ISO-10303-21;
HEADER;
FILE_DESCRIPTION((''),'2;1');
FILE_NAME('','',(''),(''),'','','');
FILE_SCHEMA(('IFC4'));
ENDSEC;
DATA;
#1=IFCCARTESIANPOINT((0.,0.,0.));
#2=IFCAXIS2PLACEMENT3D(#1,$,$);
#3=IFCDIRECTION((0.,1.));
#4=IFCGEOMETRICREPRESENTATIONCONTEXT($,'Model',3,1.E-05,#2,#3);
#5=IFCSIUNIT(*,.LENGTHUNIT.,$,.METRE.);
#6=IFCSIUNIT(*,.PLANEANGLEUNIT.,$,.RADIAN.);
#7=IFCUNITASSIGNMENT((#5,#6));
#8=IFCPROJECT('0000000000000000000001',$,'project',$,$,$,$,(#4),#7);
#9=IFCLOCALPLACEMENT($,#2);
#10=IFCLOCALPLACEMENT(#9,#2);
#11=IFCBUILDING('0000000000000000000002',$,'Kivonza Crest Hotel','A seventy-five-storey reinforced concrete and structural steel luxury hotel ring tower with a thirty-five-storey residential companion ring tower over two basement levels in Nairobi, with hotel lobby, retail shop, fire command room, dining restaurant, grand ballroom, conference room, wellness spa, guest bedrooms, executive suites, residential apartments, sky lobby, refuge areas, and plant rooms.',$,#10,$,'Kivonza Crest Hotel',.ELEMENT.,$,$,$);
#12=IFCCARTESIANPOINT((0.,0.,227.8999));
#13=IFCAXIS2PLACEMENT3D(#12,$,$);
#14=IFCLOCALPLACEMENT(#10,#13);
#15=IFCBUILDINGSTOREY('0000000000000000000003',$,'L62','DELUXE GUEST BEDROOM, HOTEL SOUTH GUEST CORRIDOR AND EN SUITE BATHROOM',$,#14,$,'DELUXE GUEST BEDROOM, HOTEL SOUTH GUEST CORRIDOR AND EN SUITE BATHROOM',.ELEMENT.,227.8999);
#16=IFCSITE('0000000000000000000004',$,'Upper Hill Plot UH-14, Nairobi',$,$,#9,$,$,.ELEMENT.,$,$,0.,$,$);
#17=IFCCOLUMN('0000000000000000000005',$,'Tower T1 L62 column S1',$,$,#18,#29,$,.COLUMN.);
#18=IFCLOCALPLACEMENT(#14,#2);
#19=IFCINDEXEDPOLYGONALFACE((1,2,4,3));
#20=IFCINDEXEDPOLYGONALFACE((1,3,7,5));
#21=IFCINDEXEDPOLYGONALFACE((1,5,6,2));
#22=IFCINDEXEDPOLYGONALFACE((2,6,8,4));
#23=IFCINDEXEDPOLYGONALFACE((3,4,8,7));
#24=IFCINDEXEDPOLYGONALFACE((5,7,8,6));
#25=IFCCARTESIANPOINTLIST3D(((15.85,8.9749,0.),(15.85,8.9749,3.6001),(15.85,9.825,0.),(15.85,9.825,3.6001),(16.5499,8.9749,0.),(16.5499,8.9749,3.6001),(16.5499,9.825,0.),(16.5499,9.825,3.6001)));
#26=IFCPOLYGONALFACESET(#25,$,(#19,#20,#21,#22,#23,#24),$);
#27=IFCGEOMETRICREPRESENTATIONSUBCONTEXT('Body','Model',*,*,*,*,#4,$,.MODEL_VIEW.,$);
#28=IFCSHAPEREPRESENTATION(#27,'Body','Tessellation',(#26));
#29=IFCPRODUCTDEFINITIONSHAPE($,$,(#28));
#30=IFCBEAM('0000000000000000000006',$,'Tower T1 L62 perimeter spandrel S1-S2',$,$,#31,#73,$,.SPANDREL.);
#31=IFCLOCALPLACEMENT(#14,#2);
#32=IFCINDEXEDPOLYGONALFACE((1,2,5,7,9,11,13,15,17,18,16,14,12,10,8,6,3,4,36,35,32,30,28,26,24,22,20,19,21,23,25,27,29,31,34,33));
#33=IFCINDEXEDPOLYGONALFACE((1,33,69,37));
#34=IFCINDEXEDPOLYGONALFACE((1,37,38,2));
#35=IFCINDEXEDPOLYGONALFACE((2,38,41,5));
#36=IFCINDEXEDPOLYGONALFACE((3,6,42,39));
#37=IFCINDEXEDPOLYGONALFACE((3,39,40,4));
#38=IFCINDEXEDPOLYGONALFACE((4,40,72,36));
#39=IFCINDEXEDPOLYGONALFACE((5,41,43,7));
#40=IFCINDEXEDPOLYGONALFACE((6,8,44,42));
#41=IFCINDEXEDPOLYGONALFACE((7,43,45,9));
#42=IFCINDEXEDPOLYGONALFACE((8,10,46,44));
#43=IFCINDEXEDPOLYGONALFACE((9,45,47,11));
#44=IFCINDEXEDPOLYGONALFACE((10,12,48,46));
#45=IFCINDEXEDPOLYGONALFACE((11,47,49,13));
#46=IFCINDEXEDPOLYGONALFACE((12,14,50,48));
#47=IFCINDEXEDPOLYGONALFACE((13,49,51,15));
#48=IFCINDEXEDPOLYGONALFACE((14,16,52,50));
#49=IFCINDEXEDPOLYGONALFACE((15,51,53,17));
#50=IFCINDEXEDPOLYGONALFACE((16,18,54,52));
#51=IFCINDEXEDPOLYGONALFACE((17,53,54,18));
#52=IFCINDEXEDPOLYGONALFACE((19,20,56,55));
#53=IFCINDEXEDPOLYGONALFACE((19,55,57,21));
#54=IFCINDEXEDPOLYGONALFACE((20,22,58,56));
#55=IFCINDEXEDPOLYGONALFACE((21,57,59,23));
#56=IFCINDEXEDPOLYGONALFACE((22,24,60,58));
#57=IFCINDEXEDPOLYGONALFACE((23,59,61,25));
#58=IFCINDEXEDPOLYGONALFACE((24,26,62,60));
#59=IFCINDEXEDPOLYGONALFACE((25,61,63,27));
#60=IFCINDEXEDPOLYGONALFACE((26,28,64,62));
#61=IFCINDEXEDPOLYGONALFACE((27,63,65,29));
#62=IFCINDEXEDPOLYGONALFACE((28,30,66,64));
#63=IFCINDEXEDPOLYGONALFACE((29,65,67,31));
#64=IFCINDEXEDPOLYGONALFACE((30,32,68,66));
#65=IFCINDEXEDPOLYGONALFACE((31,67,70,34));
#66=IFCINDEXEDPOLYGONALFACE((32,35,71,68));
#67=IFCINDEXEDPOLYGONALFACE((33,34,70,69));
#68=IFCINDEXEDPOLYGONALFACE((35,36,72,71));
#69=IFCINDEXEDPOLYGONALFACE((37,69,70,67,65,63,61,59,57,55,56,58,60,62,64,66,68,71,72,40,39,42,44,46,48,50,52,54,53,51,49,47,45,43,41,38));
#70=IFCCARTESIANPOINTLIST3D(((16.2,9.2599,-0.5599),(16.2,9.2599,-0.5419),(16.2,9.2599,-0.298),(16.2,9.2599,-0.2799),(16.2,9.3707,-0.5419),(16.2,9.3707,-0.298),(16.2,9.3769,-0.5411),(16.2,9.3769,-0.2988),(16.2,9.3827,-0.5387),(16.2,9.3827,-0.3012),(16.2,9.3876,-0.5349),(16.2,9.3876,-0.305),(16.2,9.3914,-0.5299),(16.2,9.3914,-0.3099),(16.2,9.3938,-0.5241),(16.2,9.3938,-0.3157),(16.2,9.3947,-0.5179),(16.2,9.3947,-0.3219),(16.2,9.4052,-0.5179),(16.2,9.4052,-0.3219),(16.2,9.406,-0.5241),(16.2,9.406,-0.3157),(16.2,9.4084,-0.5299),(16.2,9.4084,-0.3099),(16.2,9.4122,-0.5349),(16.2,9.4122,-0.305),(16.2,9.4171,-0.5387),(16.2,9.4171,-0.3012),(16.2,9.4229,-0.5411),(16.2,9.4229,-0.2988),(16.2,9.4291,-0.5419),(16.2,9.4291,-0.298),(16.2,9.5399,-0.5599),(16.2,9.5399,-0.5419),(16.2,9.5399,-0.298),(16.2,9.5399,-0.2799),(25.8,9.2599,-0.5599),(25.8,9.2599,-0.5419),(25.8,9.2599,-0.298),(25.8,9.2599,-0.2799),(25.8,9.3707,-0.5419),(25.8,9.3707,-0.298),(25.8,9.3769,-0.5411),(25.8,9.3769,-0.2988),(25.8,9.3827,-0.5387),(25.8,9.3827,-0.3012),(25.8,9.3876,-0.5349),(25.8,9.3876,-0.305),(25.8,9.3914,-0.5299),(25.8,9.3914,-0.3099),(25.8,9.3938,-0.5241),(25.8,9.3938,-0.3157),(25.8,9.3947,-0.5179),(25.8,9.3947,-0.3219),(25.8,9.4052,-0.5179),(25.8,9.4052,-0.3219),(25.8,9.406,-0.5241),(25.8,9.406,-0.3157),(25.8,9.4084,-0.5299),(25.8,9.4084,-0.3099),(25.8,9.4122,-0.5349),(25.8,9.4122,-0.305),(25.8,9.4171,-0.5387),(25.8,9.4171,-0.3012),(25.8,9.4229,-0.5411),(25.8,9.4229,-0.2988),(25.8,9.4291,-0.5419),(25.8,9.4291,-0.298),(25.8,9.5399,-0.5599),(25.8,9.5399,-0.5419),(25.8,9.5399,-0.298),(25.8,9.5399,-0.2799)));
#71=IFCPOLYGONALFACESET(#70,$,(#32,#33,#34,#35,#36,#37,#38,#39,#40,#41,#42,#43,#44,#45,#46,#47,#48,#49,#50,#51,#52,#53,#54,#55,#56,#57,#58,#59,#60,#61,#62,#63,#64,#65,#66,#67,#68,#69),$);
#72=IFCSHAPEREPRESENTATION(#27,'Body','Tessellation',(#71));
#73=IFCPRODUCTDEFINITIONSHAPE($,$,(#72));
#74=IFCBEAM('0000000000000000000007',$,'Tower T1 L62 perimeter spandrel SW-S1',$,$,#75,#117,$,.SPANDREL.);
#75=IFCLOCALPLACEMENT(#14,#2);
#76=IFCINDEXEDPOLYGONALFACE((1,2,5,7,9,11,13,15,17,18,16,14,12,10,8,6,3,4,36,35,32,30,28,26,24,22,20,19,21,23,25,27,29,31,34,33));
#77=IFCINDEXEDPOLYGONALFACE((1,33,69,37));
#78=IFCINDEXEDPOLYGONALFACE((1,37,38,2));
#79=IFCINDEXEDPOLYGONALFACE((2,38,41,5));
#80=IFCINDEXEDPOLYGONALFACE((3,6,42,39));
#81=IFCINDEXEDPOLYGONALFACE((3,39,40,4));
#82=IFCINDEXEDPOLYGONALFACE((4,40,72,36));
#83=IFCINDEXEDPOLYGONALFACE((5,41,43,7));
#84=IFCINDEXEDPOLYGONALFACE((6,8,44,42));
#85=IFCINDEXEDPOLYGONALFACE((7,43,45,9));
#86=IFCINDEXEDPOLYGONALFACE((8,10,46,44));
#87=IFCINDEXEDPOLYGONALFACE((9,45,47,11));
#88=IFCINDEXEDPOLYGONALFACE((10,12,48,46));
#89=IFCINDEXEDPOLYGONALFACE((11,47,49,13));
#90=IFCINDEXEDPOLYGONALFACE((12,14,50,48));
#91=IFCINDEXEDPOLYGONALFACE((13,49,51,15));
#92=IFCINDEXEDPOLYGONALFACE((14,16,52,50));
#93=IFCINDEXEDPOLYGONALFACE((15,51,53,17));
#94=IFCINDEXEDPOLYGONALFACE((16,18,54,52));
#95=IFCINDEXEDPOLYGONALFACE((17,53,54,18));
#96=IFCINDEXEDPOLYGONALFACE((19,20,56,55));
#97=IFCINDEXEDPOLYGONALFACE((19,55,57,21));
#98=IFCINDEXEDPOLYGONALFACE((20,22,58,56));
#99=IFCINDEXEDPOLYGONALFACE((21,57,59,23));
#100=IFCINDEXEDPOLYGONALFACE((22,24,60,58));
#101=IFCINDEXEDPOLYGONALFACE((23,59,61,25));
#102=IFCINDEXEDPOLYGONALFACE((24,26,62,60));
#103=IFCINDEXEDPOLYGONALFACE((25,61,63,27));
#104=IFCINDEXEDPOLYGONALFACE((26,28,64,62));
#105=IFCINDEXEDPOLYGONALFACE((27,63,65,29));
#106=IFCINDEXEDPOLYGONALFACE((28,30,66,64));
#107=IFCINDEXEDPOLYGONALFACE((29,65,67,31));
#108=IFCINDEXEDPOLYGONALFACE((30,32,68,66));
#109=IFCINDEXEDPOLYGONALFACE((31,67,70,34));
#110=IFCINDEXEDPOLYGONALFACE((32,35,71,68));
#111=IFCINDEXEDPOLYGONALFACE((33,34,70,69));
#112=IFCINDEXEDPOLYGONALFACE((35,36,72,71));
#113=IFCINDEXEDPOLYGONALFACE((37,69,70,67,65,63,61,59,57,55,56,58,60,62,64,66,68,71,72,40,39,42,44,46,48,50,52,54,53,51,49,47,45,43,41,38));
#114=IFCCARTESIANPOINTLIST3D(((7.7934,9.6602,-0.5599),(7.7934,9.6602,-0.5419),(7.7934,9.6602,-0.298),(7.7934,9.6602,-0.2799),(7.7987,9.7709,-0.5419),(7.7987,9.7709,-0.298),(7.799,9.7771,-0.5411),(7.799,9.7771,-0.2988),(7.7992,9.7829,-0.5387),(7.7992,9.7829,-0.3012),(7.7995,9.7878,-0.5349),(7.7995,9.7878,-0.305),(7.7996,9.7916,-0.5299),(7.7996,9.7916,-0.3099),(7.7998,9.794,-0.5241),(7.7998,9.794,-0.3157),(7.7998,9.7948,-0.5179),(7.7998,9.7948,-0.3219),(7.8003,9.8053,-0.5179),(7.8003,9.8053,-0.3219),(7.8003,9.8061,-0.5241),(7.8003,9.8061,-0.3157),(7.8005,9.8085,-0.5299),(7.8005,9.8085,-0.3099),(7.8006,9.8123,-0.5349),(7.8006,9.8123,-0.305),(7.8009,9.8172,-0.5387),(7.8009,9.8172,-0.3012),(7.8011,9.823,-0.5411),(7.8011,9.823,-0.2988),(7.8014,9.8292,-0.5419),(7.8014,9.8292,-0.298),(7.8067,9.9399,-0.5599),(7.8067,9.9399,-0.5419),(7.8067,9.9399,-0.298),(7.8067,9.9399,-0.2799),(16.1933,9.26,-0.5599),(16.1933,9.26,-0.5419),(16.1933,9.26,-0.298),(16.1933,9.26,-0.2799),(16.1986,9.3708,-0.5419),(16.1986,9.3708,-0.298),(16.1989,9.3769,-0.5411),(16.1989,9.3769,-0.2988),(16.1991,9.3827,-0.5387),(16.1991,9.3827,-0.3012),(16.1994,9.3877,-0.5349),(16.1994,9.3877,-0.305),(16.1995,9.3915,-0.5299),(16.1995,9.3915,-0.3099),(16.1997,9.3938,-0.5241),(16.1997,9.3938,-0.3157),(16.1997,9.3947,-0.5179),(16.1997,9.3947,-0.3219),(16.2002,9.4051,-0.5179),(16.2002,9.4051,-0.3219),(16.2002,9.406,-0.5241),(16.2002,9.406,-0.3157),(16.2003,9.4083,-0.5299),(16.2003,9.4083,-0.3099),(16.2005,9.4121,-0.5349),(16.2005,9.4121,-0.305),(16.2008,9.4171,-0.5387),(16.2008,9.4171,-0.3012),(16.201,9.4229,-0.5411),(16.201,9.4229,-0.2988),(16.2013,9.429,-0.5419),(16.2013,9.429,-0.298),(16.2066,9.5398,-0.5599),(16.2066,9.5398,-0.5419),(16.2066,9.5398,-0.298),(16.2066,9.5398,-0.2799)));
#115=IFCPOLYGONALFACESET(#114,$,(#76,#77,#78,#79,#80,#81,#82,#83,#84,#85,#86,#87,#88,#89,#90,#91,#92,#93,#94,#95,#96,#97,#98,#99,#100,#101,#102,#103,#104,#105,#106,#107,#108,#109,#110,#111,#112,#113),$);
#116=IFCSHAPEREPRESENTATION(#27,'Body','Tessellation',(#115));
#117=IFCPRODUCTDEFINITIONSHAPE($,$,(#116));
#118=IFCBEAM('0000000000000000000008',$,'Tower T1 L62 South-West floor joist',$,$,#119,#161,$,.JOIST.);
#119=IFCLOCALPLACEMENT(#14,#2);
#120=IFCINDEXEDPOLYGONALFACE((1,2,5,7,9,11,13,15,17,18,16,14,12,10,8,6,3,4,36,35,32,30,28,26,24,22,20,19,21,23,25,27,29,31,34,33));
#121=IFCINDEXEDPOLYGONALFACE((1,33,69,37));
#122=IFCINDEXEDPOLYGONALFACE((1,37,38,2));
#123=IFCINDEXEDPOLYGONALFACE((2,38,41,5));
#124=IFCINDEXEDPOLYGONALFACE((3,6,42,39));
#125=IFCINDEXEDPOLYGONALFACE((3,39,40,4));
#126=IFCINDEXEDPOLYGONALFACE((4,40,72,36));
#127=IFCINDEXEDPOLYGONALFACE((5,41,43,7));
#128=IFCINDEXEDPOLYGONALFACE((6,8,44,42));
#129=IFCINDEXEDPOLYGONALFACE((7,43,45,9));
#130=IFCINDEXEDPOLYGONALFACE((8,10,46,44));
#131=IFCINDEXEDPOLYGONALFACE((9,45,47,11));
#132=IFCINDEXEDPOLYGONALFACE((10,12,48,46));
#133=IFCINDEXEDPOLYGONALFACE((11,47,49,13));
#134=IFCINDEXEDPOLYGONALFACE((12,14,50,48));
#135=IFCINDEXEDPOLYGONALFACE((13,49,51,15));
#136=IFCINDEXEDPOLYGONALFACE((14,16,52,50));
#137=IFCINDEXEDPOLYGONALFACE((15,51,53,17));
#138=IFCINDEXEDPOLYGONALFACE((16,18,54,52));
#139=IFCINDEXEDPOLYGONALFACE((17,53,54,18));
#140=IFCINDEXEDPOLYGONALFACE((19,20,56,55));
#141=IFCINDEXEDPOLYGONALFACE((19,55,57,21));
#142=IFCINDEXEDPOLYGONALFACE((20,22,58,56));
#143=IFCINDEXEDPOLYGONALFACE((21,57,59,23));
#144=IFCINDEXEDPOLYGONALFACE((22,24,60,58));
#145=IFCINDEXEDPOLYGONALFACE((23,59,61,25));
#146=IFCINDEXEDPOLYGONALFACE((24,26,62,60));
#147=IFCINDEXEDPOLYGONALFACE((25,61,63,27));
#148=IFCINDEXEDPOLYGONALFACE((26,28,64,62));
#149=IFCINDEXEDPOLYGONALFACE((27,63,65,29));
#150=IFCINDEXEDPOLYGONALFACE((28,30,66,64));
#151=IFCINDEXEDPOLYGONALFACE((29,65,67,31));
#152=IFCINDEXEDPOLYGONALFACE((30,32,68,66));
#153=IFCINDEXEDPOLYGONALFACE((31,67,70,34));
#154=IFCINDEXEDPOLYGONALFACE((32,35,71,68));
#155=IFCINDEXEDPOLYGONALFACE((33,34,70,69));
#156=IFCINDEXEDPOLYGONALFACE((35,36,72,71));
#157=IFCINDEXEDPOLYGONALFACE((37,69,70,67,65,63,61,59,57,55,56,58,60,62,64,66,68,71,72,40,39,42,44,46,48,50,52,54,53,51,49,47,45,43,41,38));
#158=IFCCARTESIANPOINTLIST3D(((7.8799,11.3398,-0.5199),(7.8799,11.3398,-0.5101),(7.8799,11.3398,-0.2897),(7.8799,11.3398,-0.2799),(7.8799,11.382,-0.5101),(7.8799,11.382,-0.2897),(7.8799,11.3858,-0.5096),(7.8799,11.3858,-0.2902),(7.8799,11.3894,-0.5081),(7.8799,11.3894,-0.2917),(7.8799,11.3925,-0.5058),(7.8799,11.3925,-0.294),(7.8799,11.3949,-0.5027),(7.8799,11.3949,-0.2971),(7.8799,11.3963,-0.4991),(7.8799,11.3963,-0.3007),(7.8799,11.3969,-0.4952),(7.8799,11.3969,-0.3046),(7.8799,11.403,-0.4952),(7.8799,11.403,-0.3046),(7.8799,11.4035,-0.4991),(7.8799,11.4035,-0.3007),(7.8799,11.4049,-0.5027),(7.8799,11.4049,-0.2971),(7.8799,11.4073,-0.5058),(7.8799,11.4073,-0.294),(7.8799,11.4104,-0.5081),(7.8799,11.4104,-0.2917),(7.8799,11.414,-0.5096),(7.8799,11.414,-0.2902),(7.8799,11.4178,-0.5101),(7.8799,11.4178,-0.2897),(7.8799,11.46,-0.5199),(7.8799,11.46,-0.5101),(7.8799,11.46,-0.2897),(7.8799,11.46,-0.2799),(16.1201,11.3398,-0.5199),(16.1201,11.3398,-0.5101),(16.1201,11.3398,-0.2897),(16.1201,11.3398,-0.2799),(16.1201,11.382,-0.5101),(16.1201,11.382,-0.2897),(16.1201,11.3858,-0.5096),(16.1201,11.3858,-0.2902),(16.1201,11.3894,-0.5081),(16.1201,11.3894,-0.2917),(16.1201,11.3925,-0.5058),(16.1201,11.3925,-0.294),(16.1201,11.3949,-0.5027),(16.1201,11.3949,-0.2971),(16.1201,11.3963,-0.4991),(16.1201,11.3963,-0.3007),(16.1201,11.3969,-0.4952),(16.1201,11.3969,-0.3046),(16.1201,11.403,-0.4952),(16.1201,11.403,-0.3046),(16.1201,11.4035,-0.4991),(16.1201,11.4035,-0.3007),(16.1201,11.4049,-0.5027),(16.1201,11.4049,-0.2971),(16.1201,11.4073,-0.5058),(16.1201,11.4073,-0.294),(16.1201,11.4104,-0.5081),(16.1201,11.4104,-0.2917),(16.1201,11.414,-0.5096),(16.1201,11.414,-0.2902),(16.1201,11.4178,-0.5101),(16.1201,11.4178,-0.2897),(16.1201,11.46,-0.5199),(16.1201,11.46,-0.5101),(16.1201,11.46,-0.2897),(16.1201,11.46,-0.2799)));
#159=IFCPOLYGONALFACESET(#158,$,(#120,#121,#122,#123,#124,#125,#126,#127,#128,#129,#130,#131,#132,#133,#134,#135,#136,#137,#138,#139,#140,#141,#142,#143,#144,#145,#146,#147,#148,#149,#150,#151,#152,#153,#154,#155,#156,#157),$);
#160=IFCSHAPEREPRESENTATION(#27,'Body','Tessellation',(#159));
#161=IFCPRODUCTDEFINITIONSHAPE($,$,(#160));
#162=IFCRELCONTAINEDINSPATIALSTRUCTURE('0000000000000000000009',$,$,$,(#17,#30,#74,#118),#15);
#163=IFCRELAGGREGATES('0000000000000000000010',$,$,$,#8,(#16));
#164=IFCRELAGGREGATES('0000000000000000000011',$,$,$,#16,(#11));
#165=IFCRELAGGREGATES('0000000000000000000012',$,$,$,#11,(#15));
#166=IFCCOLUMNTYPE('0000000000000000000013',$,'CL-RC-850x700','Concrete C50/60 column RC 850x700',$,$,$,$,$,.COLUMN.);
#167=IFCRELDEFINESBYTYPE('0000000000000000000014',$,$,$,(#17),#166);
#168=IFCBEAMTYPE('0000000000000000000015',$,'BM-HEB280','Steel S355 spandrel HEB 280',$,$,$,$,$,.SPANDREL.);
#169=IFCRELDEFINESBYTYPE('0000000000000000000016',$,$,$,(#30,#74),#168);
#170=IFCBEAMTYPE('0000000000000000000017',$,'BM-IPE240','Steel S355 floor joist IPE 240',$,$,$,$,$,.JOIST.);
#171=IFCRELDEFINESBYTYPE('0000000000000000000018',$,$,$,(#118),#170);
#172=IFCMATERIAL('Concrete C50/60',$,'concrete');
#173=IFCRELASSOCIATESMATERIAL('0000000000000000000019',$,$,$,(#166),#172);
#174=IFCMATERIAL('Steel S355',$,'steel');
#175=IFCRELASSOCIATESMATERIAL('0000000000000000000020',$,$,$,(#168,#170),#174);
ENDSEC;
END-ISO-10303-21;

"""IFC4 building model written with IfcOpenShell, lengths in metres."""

from ifc_helpers import new_model, si_unit, direction, frame, origin, origin_2d, place, context, subcontext, project, spatial, rectangle, i_section, extrude, material, material_profile, profile_set, type_object, element, save


model = new_model("IFC4")

# Units and contexts
model_context = context("Model", 3, precision=1e-05, world=origin(), true_north=direction((0.0, 1.0)))
body_context = subcontext(model_context, "Body", "Model", "MODEL_VIEW")
ifc_project = project(units=[si_unit("LENGTHUNIT", "METRE"), si_unit("PLANEANGLEUNIT", "RADIAN")], contexts=[model_context])

# Site, building, storey
site_placement = place(None, origin())
site = spatial("IfcSite", under=ifc_project, at=site_placement, Name="Upper Hill Plot UH-14, Nairobi", CompositionType="ELEMENT", RefElevation=0.0)
building_placement = place(site_placement, origin())
building = spatial("IfcBuilding", under=site, at=building_placement, Name="Kivonza Crest Hotel", Description="A seventy-five-storey reinforced concrete and structural steel luxury hotel ring tower with a thirty-five-storey residential companion ring tower over two basement levels in Nairobi, with hotel lobby, retail shop, fire command room, dining restaurant, grand ballroom, conference room, wellness spa, guest bedrooms, executive suites, residential apartments, sky lobby, refuge areas, and plant rooms.", LongName="Kivonza Crest Hotel", CompositionType="ELEMENT")
storey_placement = place(building_placement, frame((0.0, 0.0, 227.8999)))
storey = spatial("IfcBuildingStorey", under=building, at=storey_placement, Name="L62", Description="DELUXE GUEST BEDROOM, HOTEL SOUTH GUEST CORRIDOR AND EN SUITE BATHROOM", LongName="DELUXE GUEST BEDROOM, HOTEL SOUTH GUEST CORRIDOR AND EN SUITE BATHROOM", CompositionType="ELEMENT", Elevation=227.8999)

# Column
ifc_material_1 = material(Name="Concrete C50/60", Category="concrete")
ifc_material_profile_1 = material_profile(ifc_material_1, rectangle(XDim=0.7, YDim=0.8501, at=origin_2d()), Name="RC 850x700")
ifc_profile_set_1 = profile_set([ifc_material_profile_1], Name="Concrete C50/60")
column_type = type_object("IfcColumnType", Name="CL-RC-850x700", Description="Concrete C50/60 column RC 850x700", PredefinedType="COLUMN", material=ifc_profile_set_1)
column_placement = place(storey_placement, frame((16.2, 9.3999, 0.0), z_axis=(0.0, 0.0, 1.0), x_axis=(1.0, 0.0, 0.0)))
element("IfcColumn", 1, at=column_placement, inside=storey, type_object=column_type, Name="Tower T1 L62 column S1", PredefinedType="COLUMN", context=body_context, shape_type="SweptSolid", body=[
    extrude(rectangle(XDim=0.7, YDim=0.8501, at=origin_2d()), origin(), (0.0, 0.0, 1.0), 3.6001),
])

# Beams
ifc_material_2 = material(Name="Steel S355", Category="steel")
ifc_material_profile_2 = material_profile(ifc_material_2, i_section(OverallWidth=0.28, OverallDepth=0.28, WebThickness=0.0105, FlangeThickness=0.0181, FilletRadius=0.0239, at=origin_2d()), Name="HEB 280")
ifc_profile_set_2 = profile_set([ifc_material_profile_2], Name="Steel S355")
beam_type_1 = type_object("IfcBeamType", Name="BM-HEB280", Description="Steel S355 spandrel HEB 280", PredefinedType="SPANDREL", material=ifc_profile_set_2)
beam_1_placement = place(storey_placement, frame((16.2, 9.3999, -0.4199), z_axis=(1.0, 0.0, 0.0), x_axis=(0.0, 1.0, 0.0)))
element("IfcBeam", 2, at=beam_1_placement, inside=storey, type_object=beam_type_1, Name="Tower T1 L62 perimeter spandrel S1-S2", PredefinedType="SPANDREL", context=body_context, shape_type="SweptSolid", body=[
    extrude(i_section(OverallWidth=0.28, OverallDepth=0.28, WebThickness=0.0105, FlangeThickness=0.0181, FilletRadius=0.0239, at=origin_2d()), origin(), (0.0, 0.0, 1.0), 9.6001),
])
beam_2_placement = place(storey_placement, frame((7.8, 9.8, -0.4199), z_axis=(0.998867, -0.047583, 0.0), x_axis=(0.047583, 0.998867, 0.0)))
element("IfcBeam", 3, at=beam_2_placement, inside=storey, type_object=beam_type_1, Name="Tower T1 L62 perimeter spandrel SW-S1", PredefinedType="SPANDREL", context=body_context, shape_type="SweptSolid", body=[
    extrude(i_section(OverallWidth=0.28, OverallDepth=0.28, WebThickness=0.0105, FlangeThickness=0.0181, FilletRadius=0.0239, at=origin_2d()), origin(), (0.0, 0.0, 1.0), 8.4094),
])
ifc_material_profile_3 = material_profile(ifc_material_2, i_section(OverallWidth=0.1201, OverallDepth=0.24, WebThickness=0.0061, FlangeThickness=0.0098, FilletRadius=0.0149, at=origin_2d()), Name="IPE 240")
ifc_profile_set_3 = profile_set([ifc_material_profile_3], Name="Steel S355")
beam_type_2 = type_object("IfcBeamType", Name="BM-IPE240", Description="Steel S355 floor joist IPE 240", PredefinedType="JOIST", material=ifc_profile_set_3)
beam_3_placement = place(storey_placement, frame((7.8799, 11.3999, -0.3999), z_axis=(1.0, 0.0, 0.0), x_axis=(0.0, 1.0, 0.0)))
element("IfcBeam", 4, at=beam_3_placement, inside=storey, type_object=beam_type_2, Name="Tower T1 L62 South-West floor joist", PredefinedType="JOIST", context=body_context, shape_type="SweptSolid", body=[
    extrude(i_section(OverallWidth=0.1201, OverallDepth=0.24, WebThickness=0.0061, FlangeThickness=0.0098, FilletRadius=0.0149, at=origin_2d()), origin(), (0.0, 0.0, 1.0), 8.2402),
])

save(model, "model.ifc")
